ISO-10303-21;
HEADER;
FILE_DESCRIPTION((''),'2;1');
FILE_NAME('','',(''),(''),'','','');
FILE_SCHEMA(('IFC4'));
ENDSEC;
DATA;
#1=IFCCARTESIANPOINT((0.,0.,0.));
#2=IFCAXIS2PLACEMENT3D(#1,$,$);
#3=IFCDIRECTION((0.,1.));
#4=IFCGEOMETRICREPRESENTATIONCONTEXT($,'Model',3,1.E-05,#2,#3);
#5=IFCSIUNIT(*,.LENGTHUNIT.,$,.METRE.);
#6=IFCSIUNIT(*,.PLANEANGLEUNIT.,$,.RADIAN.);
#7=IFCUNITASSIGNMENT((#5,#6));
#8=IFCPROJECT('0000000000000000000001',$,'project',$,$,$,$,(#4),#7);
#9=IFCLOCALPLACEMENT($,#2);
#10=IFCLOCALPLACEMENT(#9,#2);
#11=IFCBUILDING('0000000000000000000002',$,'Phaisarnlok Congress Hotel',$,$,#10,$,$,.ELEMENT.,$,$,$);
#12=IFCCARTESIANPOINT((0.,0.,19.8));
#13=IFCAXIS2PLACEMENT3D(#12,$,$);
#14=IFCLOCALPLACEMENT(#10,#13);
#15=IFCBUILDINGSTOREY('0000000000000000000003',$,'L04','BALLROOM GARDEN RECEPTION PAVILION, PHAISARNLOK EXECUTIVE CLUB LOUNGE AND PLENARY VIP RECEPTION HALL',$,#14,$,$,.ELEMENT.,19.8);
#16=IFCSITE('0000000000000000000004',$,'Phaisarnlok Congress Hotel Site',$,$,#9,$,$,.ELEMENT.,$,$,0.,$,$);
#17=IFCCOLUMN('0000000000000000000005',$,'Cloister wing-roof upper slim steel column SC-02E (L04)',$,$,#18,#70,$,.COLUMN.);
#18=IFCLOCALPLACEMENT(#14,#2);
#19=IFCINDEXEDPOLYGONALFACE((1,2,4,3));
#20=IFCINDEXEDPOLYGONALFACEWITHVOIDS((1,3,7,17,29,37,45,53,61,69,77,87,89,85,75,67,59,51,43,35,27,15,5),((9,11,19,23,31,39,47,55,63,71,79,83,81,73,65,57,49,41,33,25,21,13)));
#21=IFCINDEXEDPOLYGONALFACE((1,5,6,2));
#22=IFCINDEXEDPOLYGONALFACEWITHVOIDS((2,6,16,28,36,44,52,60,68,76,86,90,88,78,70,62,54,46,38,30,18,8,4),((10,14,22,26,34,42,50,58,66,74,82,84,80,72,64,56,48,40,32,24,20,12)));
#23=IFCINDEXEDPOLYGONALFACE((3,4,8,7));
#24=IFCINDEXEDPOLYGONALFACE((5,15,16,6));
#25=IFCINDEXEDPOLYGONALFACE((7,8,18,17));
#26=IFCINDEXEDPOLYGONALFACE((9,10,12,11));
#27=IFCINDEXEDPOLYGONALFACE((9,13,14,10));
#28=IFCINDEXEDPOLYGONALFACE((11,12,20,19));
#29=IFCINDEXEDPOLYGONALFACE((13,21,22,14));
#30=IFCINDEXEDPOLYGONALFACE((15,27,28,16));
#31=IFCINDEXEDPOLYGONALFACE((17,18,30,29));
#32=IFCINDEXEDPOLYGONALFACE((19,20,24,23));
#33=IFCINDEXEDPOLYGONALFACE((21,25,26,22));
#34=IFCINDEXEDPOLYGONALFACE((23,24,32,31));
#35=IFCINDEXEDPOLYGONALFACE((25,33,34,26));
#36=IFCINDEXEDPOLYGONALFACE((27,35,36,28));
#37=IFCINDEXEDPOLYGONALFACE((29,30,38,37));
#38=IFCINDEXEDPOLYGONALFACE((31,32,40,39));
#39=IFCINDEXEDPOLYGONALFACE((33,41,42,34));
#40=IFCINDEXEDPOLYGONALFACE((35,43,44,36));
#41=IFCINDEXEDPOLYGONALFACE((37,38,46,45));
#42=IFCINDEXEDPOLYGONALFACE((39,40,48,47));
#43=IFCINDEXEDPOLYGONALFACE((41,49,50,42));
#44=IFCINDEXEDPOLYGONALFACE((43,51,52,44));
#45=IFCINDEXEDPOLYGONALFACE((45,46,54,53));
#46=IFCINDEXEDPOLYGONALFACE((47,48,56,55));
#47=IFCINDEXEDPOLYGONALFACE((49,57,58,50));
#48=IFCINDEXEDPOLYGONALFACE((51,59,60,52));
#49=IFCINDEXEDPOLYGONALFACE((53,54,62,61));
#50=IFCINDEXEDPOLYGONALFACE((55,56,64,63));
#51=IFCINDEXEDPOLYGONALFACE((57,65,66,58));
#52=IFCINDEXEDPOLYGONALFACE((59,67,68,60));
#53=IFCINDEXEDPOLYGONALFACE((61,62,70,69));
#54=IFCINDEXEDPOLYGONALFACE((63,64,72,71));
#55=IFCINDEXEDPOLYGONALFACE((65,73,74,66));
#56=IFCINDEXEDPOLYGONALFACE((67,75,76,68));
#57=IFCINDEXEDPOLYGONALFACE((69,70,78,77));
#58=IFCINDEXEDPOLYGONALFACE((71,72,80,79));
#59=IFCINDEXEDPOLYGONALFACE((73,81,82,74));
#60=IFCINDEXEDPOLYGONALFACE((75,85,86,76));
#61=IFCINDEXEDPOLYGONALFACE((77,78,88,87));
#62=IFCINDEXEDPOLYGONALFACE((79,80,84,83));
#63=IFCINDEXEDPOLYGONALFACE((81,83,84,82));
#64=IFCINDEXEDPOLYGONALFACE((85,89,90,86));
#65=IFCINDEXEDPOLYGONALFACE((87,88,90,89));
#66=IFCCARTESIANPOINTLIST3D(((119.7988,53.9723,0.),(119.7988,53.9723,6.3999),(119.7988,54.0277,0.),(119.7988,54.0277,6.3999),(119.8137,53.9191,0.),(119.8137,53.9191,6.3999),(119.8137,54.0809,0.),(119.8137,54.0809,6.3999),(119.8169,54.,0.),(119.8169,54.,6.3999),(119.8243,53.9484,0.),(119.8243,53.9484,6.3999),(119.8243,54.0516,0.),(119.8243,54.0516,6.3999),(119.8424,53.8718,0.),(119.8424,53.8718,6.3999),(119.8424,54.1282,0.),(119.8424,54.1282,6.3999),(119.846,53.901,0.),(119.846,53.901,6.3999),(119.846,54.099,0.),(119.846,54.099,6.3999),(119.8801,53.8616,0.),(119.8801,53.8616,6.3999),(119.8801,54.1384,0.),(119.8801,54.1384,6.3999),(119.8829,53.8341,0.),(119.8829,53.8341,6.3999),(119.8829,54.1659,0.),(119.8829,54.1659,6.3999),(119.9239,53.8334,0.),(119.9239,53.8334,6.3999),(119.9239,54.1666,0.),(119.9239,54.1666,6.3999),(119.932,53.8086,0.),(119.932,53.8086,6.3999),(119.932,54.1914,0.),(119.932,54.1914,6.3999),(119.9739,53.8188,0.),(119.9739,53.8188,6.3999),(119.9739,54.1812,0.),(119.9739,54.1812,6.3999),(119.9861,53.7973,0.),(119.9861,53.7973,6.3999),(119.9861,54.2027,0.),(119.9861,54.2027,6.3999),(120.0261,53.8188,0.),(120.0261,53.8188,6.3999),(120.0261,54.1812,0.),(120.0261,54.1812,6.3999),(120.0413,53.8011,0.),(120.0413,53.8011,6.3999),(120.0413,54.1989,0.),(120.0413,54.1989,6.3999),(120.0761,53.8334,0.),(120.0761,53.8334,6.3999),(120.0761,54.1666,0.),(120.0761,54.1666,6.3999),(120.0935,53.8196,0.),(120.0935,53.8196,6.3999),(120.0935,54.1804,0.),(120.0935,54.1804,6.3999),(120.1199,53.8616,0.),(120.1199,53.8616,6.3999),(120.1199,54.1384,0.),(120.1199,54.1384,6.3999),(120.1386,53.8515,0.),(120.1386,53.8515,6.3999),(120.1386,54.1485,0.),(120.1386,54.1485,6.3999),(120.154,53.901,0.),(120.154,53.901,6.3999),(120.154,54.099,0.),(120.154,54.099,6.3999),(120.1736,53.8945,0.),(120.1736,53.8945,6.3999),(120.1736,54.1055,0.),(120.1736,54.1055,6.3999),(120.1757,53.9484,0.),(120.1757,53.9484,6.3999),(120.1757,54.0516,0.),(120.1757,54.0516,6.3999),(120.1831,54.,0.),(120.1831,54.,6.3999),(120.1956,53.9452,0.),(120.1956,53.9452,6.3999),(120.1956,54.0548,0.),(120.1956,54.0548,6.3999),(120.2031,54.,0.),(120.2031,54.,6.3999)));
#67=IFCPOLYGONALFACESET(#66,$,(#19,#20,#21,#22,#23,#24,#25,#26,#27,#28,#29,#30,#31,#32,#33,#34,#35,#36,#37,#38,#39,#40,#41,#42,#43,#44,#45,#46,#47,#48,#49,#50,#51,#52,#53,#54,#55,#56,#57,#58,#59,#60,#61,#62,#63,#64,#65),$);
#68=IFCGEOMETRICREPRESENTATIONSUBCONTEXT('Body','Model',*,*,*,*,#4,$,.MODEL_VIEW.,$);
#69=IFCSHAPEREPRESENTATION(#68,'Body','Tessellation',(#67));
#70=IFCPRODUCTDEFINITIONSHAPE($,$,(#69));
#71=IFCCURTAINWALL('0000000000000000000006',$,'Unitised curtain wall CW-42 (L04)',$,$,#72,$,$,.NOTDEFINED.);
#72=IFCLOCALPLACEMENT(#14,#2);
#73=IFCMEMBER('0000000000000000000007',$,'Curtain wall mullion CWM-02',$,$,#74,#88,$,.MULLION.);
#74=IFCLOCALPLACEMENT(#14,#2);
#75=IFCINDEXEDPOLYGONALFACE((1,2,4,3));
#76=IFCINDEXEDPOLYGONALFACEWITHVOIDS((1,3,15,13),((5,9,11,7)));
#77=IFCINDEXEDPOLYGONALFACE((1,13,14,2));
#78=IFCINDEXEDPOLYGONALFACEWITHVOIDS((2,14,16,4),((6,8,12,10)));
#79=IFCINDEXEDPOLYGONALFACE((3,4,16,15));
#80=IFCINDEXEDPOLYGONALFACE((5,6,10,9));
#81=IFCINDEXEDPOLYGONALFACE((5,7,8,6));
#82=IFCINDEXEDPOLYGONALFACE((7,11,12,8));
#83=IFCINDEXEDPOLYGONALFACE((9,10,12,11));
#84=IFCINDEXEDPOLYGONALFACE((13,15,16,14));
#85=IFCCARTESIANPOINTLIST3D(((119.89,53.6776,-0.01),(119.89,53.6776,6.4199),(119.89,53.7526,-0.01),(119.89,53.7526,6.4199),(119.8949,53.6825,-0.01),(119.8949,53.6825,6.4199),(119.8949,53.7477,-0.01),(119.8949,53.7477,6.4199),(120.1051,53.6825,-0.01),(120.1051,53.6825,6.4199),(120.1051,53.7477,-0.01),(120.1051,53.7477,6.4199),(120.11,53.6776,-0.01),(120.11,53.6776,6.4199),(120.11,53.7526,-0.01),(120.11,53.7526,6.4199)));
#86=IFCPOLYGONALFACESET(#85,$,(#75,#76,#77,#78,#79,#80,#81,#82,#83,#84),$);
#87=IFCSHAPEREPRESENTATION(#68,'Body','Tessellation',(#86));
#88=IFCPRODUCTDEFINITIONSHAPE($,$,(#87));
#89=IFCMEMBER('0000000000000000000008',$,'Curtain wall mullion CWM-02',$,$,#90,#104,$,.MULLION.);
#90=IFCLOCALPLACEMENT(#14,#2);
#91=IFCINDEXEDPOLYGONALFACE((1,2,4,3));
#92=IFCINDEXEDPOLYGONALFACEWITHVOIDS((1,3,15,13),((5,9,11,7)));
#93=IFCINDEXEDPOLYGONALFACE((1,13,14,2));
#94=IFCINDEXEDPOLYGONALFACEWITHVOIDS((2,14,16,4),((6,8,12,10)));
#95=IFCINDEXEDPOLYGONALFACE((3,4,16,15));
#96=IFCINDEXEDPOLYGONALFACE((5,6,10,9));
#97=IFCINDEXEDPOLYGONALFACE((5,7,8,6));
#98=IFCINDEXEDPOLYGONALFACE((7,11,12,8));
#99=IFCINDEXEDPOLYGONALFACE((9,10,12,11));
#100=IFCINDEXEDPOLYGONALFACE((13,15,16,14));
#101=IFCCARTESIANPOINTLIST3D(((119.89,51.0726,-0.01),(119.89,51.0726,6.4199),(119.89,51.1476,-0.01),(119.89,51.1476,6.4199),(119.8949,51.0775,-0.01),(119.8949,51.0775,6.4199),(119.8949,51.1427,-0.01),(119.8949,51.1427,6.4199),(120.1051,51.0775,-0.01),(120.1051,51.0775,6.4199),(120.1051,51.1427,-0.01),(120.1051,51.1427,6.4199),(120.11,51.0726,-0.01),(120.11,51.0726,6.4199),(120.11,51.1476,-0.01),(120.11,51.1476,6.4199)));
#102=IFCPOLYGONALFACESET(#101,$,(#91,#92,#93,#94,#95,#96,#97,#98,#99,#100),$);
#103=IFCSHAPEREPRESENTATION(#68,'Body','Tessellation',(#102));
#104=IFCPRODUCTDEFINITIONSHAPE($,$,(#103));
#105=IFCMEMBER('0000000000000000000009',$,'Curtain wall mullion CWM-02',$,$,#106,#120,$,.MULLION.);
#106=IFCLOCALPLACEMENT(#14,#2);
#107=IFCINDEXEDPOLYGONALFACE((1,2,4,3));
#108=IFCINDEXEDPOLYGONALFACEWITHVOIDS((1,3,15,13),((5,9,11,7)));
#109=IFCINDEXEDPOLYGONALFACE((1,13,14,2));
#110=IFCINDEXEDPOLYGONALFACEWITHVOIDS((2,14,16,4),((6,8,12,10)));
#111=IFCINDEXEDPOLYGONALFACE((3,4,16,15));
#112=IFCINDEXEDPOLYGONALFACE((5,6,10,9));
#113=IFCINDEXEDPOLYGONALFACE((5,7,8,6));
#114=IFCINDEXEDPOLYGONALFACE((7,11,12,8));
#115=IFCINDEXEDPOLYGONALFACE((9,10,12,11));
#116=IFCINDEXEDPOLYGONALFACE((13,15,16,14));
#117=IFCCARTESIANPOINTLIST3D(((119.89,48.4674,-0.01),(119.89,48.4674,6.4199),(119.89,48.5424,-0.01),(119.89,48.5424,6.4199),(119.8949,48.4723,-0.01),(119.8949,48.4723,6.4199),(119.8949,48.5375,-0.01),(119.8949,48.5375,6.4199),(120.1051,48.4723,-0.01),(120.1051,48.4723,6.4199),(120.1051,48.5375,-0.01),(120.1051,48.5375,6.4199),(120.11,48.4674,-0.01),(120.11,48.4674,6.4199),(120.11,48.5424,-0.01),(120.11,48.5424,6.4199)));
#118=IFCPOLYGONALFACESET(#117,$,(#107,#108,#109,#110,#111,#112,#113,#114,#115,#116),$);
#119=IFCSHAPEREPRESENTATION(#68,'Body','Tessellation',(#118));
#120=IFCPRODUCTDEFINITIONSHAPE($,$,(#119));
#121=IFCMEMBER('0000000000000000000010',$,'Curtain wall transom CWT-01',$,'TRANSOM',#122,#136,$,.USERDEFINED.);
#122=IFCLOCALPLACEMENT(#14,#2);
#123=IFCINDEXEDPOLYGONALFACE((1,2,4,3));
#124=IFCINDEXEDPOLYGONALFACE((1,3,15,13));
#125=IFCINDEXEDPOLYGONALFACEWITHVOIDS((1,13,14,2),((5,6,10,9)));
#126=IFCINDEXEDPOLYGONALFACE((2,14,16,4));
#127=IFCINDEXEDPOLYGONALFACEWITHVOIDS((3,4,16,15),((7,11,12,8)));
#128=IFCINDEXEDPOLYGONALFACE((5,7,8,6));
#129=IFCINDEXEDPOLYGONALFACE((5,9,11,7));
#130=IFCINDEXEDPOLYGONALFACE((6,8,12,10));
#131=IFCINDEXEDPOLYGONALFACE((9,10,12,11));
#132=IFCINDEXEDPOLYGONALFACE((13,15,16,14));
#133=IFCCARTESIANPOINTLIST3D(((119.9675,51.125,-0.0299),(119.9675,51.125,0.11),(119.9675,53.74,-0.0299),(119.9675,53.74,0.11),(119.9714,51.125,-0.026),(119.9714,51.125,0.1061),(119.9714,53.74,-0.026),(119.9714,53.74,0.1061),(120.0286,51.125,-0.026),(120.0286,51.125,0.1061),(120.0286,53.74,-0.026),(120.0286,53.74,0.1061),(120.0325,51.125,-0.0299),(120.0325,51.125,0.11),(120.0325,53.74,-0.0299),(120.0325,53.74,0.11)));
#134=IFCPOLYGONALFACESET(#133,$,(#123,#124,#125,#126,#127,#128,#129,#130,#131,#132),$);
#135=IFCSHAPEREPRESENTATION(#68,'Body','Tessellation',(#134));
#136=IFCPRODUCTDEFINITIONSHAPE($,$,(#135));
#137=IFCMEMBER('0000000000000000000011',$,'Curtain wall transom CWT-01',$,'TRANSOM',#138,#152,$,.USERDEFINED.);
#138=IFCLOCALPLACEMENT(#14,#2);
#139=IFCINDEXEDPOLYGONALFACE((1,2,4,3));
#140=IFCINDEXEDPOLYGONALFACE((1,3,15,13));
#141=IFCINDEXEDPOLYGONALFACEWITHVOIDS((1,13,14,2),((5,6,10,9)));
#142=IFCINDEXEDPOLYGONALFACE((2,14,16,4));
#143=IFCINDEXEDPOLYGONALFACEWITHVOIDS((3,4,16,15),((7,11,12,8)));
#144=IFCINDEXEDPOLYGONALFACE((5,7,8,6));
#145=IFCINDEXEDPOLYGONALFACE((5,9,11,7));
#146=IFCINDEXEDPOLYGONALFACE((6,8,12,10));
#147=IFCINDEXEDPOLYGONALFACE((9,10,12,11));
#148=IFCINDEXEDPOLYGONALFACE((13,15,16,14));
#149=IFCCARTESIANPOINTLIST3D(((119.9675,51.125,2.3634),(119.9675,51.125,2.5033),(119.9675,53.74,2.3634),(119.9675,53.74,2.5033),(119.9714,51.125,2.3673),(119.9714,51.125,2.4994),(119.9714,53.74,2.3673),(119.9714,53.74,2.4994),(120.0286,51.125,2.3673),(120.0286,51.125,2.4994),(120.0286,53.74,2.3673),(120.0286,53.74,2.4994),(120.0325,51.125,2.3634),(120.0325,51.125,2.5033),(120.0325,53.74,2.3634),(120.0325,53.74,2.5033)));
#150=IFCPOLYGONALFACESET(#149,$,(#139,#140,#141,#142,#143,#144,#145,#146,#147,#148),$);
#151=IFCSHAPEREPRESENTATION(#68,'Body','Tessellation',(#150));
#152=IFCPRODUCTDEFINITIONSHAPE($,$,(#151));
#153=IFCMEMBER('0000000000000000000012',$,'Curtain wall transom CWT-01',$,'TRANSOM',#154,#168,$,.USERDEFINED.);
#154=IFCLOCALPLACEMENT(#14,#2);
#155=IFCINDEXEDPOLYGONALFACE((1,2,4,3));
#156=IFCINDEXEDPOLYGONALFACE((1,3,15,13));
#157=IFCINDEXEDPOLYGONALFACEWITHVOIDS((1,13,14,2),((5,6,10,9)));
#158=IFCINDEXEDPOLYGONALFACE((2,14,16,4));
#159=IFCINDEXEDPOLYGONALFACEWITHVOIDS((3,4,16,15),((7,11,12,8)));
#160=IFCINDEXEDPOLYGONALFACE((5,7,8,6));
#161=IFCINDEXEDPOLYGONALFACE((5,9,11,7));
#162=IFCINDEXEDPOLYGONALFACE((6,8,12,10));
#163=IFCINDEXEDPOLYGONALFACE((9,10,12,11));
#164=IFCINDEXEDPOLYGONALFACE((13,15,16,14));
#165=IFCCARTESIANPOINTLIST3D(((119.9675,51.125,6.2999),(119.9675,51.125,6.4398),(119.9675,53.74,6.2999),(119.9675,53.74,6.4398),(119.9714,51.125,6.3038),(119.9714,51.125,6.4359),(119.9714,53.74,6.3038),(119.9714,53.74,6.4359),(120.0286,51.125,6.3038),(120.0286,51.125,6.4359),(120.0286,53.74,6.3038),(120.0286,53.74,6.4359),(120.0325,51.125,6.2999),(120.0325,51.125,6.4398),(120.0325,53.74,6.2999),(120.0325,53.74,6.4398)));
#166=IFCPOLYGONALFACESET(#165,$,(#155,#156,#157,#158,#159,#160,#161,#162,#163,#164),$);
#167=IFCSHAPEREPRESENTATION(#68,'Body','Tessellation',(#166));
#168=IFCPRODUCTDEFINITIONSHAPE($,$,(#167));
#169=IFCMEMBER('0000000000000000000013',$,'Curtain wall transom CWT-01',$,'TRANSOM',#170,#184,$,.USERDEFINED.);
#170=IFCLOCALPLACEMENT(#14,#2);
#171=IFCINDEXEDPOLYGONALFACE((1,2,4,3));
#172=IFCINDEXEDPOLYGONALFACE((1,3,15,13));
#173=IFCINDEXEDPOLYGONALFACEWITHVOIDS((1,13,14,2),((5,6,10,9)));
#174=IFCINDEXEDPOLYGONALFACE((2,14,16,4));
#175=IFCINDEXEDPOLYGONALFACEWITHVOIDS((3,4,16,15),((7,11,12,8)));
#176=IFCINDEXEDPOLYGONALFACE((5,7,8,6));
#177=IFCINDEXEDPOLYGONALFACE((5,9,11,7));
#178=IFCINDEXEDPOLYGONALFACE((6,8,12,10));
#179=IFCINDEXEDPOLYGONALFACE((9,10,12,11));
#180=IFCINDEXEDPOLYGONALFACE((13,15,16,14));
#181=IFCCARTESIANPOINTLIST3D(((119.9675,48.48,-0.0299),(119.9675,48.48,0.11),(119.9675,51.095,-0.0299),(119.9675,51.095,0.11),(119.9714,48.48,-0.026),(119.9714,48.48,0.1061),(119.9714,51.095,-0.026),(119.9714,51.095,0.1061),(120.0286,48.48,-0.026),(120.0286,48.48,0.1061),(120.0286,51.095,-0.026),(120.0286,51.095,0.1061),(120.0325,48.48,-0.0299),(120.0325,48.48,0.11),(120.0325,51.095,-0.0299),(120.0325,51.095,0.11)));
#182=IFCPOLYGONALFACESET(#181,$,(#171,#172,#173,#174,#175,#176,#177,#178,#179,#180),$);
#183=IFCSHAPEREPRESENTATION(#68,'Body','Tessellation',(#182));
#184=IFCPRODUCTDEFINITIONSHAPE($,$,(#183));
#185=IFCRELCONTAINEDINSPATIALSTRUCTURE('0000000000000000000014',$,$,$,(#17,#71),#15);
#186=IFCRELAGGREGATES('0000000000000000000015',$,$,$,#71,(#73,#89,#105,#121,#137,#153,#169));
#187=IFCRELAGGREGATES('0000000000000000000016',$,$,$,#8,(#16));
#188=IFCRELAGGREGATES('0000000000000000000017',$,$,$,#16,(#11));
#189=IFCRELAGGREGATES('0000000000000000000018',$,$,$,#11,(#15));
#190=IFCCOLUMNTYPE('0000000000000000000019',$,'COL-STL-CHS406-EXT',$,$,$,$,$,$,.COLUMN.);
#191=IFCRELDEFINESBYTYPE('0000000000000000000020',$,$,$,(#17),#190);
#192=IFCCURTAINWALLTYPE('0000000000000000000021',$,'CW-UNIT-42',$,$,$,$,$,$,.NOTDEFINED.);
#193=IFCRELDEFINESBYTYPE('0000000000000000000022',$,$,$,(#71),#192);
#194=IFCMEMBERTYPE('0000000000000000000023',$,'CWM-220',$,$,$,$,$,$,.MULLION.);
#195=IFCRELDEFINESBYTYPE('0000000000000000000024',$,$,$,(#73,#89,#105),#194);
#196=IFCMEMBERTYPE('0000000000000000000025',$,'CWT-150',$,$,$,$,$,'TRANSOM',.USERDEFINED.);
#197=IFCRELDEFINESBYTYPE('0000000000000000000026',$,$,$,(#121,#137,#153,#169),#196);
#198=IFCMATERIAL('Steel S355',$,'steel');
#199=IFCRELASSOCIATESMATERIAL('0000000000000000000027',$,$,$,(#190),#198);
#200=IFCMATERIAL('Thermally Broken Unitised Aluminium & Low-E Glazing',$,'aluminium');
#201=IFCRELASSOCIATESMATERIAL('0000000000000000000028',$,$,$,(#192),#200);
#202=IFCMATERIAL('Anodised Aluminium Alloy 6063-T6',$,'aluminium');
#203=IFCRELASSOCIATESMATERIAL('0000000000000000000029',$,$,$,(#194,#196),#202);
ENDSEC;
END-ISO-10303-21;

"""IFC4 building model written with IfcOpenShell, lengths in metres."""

from ifc_helpers import new_model, si_unit, direction, frame, origin, origin_2d, place, context, subcontext, project, spatial, hollow_rectangle, hollow_circle, extrude, material, material_profile, profile_set, type_object, element, aggregate, save


model = new_model("IFC4")

# Units and contexts
model_context = context("Model", 3, precision=1e-05, world=origin(), true_north=direction((0.0, 1.0)))
body_context = subcontext(model_context, "Body", "Model", "MODEL_VIEW")
ifc_project = project(units=[si_unit("LENGTHUNIT", "METRE"), si_unit("PLANEANGLEUNIT", "RADIAN")], contexts=[model_context])

# Site, building, storey
site_placement = place(None, origin())
site = spatial("IfcSite", under=ifc_project, at=site_placement, Name="Phaisarnlok Congress Hotel Site", CompositionType="ELEMENT", RefElevation=0.0)
building_placement = place(site_placement, origin())
building = spatial("IfcBuilding", under=site, at=building_placement, Name="Phaisarnlok Congress Hotel", CompositionType="ELEMENT")
storey_placement = place(building_placement, frame((0.0, 0.0, 19.8)))
storey = spatial("IfcBuildingStorey", under=building, at=storey_placement, Name="L04", Description="BALLROOM GARDEN RECEPTION PAVILION, PHAISARNLOK EXECUTIVE CLUB LOUNGE AND PLENARY VIP RECEPTION HALL", CompositionType="ELEMENT", Elevation=19.8)

# Column
ifc_material_1 = material(Name="Steel S355", Category="steel")
ifc_material_profile_1 = material_profile(ifc_material_1, hollow_circle(Radius=0.2031, WallThickness=0.02, at=origin_2d()), Name="CHS 406.4x20")
ifc_profile_set_1 = profile_set([ifc_material_profile_1], Name="Steel S355")
column_type = type_object("IfcColumnType", Name="COL-STL-CHS406-EXT", PredefinedType="COLUMN", material=ifc_profile_set_1)
column_placement = place(storey_placement, frame((120.0, 54.0, 0.0), z_axis=(0.0, 0.0, 1.0), x_axis=(1.0, 0.0, 0.0)))
element("IfcColumn", 1, at=column_placement, inside=storey, type_object=column_type, Name="Cloister wing-roof upper slim steel column SC-02E (L04)", PredefinedType="COLUMN", context=body_context, shape_type="SweptSolid", body=[
    extrude(hollow_circle(Radius=0.2031, WallThickness=0.02, at=origin_2d()), origin(), (0.0, 0.0, 1.0), 6.3999),
])

# Curtain wall, members
ifc_material_2 = material(Name="Thermally Broken Unitised Aluminium & Low-E Glazing", Category="aluminium")
curtain_wall_type = type_object("IfcCurtainWallType", Name="CW-UNIT-42", PredefinedType="NOTDEFINED", material=ifc_material_2)
curtain_wall_placement = place(storey_placement, origin())
curtain_wall = element("IfcCurtainWall", 2, at=curtain_wall_placement, inside=storey, type_object=curtain_wall_type, Name="Unitised curtain wall CW-42 (L04)", PredefinedType="NOTDEFINED")
ifc_material_3 = material(Name="Anodised Aluminium Alloy 6063-T6", Category="aluminium")
ifc_material_profile_2 = material_profile(ifc_material_3, hollow_rectangle(XDim=0.075, YDim=0.22, WallThickness=0.0049, at=origin_2d()), Name="ALU-M 75x220x5")
ifc_profile_set_2 = profile_set([ifc_material_profile_2], Name="Anodised Aluminium Alloy 6063-T6")
member_type_1 = type_object("IfcMemberType", Name="CWM-220", PredefinedType="MULLION", material=ifc_profile_set_2)
member_1_placement = place(storey_placement, frame((120.0, 53.7151, -0.01), z_axis=(0.0, 0.0, 1.0), x_axis=(0.0, -1.0, 0.0)))
member_1 = element("IfcMember", 3, at=member_1_placement, type_object=member_type_1, Name="Curtain wall mullion CWM-02", PredefinedType="MULLION", context=body_context, shape_type="SweptSolid", body=[
    extrude(hollow_rectangle(XDim=0.075, YDim=0.22, WallThickness=0.0049, at=origin_2d()), origin(), (0.0, 0.0, 1.0), 6.4299),
])
member_2_placement = place(storey_placement, frame((120.0, 51.1101, -0.01), z_axis=(0.0, 0.0, 1.0), x_axis=(0.0, -1.0, 0.0)))
member_2 = element("IfcMember", 4, at=member_2_placement, type_object=member_type_1, Name="Curtain wall mullion CWM-02", PredefinedType="MULLION", context=body_context, shape_type="SweptSolid", body=[
    extrude(hollow_rectangle(XDim=0.075, YDim=0.22, WallThickness=0.0049, at=origin_2d()), origin(), (0.0, 0.0, 1.0), 6.4299),
])
member_3_placement = place(storey_placement, frame((120.0, 48.5049, -0.01), z_axis=(0.0, 0.0, 1.0), x_axis=(0.0, -1.0, 0.0)))
member_3 = element("IfcMember", 5, at=member_3_placement, type_object=member_type_1, Name="Curtain wall mullion CWM-02", PredefinedType="MULLION", context=body_context, shape_type="SweptSolid", body=[
    extrude(hollow_rectangle(XDim=0.075, YDim=0.22, WallThickness=0.0049, at=origin_2d()), origin(), (0.0, 0.0, 1.0), 6.4299),
])
ifc_material_profile_3 = material_profile(ifc_material_3, hollow_rectangle(XDim=0.0649, YDim=0.1399, WallThickness=0.0039, at=origin_2d()), Name="ALU-T 65x140x4")
ifc_profile_set_3 = profile_set([ifc_material_profile_3], Name="Anodised Aluminium Alloy 6063-T6")
member_type_2 = type_object("IfcMemberType", Name="CWT-150", ElementType="TRANSOM", PredefinedType="USERDEFINED", material=ifc_profile_set_3)
member_4_placement = place(storey_placement, frame((120.0, 53.74, 0.04), z_axis=(0.0, -1.0, 0.0), x_axis=(1.0, 0.0, 0.0)))
member_4 = element("IfcMember", 6, at=member_4_placement, type_object=member_type_2, Name="Curtain wall transom CWT-01", ObjectType="TRANSOM", PredefinedType="USERDEFINED", context=body_context, shape_type="SweptSolid", body=[
    extrude(hollow_rectangle(XDim=0.0649, YDim=0.1399, WallThickness=0.0039, at=origin_2d()), origin(), (0.0, 0.0, 1.0), 2.615),
])
member_5_placement = place(storey_placement, frame((120.0, 53.74, 2.4333), z_axis=(0.0, -1.0, 0.0), x_axis=(1.0, 0.0, 0.0)))
member_5 = element("IfcMember", 7, at=member_5_placement, type_object=member_type_2, Name="Curtain wall transom CWT-01", ObjectType="TRANSOM", PredefinedType="USERDEFINED", context=body_context, shape_type="SweptSolid", body=[
    extrude(hollow_rectangle(XDim=0.0649, YDim=0.1399, WallThickness=0.0039, at=origin_2d()), origin(), (0.0, 0.0, 1.0), 2.615),
])
member_6_placement = place(storey_placement, frame((120.0, 53.74, 6.3699), z_axis=(0.0, -1.0, 0.0), x_axis=(1.0, 0.0, 0.0)))
member_6 = element("IfcMember", 8, at=member_6_placement, type_object=member_type_2, Name="Curtain wall transom CWT-01", ObjectType="TRANSOM", PredefinedType="USERDEFINED", context=body_context, shape_type="SweptSolid", body=[
    extrude(hollow_rectangle(XDim=0.0649, YDim=0.1399, WallThickness=0.0039, at=origin_2d()), origin(), (0.0, 0.0, 1.0), 2.615),
])
member_7_placement = place(storey_placement, frame((120.0, 51.095, 0.04), z_axis=(0.0, -1.0, 0.0), x_axis=(1.0, 0.0, 0.0)))
member_7 = element("IfcMember", 9, at=member_7_placement, type_object=member_type_2, Name="Curtain wall transom CWT-01", ObjectType="TRANSOM", PredefinedType="USERDEFINED", context=body_context, shape_type="SweptSolid", body=[
    extrude(hollow_rectangle(XDim=0.0649, YDim=0.1399, WallThickness=0.0039, at=origin_2d()), origin(), (0.0, 0.0, 1.0), 2.615),
])

aggregate(curtain_wall, [member_1, member_2, member_3, member_4, member_5, member_6, member_7])

save(model, "model.ifc")
